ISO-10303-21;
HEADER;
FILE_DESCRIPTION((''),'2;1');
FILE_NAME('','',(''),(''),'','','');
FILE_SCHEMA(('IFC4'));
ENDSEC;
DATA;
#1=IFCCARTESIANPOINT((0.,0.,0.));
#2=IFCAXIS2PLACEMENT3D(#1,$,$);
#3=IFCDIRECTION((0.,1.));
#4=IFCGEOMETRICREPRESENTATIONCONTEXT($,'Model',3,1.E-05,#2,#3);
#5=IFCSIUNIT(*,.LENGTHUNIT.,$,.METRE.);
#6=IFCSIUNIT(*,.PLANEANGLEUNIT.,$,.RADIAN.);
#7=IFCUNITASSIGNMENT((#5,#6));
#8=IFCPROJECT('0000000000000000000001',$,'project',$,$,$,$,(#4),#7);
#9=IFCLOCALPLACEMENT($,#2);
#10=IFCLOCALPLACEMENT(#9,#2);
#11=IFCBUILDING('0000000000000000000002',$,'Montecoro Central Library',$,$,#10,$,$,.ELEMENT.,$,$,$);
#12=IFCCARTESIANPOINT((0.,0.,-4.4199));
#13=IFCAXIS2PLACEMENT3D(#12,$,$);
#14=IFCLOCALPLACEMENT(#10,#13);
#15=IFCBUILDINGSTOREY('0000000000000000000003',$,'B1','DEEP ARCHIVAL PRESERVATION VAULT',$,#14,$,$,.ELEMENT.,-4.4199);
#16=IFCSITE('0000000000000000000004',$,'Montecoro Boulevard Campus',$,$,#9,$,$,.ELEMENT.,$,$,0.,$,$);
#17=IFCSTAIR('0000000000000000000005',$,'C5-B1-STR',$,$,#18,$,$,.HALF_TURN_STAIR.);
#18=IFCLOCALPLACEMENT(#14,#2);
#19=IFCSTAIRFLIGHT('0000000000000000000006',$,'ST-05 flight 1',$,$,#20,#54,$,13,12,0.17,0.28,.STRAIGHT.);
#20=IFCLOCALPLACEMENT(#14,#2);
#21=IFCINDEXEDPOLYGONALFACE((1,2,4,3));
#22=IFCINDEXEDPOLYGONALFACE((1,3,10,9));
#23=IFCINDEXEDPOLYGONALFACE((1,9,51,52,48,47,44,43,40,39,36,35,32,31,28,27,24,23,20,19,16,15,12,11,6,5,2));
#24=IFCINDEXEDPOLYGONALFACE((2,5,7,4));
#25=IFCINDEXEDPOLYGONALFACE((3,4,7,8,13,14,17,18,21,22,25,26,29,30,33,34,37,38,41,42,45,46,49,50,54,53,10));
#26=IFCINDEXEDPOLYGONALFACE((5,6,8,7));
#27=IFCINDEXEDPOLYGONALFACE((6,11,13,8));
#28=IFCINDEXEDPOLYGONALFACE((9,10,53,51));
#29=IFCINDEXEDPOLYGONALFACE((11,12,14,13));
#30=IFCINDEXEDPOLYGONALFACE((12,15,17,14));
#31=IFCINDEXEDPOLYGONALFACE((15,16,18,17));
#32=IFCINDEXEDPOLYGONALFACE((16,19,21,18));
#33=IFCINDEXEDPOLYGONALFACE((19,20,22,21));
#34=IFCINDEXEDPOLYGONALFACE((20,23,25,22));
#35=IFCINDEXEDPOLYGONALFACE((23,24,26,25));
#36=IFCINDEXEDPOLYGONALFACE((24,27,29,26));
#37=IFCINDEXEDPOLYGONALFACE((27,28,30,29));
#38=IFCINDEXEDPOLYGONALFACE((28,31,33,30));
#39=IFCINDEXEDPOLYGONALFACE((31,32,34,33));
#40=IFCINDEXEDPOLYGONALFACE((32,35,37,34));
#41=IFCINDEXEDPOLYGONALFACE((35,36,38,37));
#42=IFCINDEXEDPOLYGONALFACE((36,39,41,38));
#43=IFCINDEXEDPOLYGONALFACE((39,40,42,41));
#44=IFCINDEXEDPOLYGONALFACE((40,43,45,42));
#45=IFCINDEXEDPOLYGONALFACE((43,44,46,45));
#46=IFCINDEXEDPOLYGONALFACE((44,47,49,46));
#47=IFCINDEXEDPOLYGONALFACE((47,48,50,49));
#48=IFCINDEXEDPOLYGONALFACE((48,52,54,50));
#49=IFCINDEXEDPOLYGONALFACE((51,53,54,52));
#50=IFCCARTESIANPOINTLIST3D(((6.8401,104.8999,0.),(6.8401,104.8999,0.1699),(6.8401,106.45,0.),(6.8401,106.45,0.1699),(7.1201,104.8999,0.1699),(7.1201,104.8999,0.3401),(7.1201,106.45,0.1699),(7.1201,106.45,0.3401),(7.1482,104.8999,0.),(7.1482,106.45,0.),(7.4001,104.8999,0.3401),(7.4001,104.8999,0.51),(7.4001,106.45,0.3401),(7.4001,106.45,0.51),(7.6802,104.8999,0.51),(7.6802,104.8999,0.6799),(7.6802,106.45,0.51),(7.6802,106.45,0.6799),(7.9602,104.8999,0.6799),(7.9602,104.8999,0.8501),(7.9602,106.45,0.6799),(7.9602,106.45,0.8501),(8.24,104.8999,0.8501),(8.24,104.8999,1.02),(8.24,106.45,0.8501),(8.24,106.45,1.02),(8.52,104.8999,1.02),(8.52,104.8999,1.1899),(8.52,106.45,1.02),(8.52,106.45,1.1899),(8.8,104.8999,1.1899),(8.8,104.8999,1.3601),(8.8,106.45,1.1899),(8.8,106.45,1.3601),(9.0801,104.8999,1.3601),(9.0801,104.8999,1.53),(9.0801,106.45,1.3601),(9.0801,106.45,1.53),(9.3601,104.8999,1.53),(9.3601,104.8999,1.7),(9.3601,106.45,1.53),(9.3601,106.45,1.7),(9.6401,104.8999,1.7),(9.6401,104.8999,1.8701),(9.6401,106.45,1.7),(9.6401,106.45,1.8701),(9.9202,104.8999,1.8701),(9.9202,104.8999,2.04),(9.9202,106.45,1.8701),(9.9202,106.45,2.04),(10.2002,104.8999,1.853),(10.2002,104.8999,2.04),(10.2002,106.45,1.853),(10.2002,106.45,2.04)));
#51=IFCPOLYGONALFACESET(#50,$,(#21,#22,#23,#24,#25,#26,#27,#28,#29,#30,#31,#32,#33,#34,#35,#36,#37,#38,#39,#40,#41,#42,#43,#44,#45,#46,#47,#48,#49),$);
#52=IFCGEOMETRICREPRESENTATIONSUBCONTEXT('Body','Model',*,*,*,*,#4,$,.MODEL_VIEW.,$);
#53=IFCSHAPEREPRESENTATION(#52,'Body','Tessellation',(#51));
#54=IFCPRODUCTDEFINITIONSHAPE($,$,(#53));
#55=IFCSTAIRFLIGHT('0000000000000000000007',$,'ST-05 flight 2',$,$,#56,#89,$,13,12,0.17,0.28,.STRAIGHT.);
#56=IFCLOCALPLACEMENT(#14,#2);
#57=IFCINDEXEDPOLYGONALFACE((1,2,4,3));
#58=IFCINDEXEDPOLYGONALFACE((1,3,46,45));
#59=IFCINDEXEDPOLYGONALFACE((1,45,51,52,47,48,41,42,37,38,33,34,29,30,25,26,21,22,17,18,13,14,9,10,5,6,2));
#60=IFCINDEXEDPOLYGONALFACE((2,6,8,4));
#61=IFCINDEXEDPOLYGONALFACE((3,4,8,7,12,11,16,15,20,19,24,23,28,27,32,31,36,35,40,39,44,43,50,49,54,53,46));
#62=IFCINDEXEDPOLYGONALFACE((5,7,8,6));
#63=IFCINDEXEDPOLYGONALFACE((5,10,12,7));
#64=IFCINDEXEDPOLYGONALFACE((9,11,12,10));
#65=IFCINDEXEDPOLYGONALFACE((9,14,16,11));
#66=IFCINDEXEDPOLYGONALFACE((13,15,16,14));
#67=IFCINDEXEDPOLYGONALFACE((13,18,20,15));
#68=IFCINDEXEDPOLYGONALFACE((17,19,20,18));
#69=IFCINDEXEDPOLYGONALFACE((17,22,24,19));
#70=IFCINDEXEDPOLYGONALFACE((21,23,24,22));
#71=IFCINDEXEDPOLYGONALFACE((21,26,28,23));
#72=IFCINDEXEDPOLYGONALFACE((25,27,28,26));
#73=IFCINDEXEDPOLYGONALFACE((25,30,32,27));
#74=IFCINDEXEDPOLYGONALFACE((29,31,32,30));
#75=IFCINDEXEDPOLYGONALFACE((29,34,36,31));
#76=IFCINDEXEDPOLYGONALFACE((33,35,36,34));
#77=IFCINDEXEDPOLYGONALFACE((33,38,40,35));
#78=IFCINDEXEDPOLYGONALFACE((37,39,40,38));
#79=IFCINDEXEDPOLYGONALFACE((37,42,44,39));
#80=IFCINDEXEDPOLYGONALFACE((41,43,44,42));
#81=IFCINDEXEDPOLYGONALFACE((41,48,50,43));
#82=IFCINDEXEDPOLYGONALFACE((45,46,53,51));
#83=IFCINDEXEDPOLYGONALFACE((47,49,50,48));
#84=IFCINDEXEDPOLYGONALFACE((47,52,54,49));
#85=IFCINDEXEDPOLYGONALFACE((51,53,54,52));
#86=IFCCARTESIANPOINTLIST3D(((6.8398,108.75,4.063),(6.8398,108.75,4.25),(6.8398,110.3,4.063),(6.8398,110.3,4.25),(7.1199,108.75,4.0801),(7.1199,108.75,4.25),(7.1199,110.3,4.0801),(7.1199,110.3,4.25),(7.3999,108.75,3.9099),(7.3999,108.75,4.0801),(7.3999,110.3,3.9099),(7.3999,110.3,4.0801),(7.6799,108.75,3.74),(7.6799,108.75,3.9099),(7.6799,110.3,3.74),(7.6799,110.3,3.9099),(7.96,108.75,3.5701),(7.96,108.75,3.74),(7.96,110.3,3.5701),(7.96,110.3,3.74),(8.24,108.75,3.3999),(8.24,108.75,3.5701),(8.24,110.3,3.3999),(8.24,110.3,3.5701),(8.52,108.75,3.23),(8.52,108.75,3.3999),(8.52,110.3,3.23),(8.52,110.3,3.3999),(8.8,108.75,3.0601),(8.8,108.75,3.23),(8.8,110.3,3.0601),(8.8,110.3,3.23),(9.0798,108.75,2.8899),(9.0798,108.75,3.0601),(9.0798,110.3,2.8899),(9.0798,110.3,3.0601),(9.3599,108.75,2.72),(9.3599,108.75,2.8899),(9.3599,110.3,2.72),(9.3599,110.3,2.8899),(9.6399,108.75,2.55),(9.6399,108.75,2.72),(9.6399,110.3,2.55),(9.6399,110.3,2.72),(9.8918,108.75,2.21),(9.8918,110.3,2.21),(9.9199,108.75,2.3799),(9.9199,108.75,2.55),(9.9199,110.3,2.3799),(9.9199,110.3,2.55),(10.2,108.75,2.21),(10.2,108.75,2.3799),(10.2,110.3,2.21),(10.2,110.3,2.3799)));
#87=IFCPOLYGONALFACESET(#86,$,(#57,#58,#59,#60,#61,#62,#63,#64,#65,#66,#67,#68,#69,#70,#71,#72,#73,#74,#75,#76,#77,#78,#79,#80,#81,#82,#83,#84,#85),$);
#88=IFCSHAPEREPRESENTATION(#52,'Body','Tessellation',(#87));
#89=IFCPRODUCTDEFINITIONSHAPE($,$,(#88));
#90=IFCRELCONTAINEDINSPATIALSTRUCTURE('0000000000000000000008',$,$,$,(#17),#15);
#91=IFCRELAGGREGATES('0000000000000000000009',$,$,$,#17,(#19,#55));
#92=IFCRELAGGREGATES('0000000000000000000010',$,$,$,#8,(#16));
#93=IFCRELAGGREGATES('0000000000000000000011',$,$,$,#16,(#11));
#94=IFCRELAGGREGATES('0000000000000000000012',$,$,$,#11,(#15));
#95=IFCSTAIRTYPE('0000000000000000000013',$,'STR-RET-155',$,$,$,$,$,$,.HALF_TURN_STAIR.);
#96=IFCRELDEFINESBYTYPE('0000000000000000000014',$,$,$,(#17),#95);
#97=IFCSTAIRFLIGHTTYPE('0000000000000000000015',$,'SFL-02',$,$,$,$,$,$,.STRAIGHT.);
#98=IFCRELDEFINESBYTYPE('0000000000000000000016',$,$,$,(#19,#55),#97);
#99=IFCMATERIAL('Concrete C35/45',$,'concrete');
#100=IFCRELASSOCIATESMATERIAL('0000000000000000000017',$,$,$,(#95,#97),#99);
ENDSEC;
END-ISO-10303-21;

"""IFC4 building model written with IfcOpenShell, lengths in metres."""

from ifc_helpers import new_model, si_unit, direction, frame, origin, place, context, subcontext, project, spatial, polyline, outline, extrude, material, type_object, element, aggregate, save


model = new_model("IFC4")

# Units and contexts
model_context = context("Model", 3, precision=1e-05, world=origin(), true_north=direction((0.0, 1.0)))
body_context = subcontext(model_context, "Body", "Model", "MODEL_VIEW")
ifc_project = project(units=[si_unit("LENGTHUNIT", "METRE"), si_unit("PLANEANGLEUNIT", "RADIAN")], contexts=[model_context])

# Site, building, storey
site_placement = place(None, origin())
site = spatial("IfcSite", under=ifc_project, at=site_placement, Name="Montecoro Boulevard Campus", CompositionType="ELEMENT", RefElevation=0.0)
building_placement = place(site_placement, origin())
building = spatial("IfcBuilding", under=site, at=building_placement, Name="Montecoro Central Library", CompositionType="ELEMENT")
storey_placement = place(building_placement, frame((0.0, 0.0, -4.4199)))
storey = spatial("IfcBuildingStorey", under=building, at=storey_placement, Name="B1", Description="DEEP ARCHIVAL PRESERVATION VAULT", CompositionType="ELEMENT", Elevation=-4.4199)

# Shared definitions
ifc_material_1 = material(Name="Concrete C35/45", Category="concrete")

# Stair, stair flights
stair_type = type_object("IfcStairType", Name="STR-RET-155", PredefinedType="HALF_TURN_STAIR", material=ifc_material_1)
stair_placement = place(storey_placement, origin())
stair = element("IfcStair", 1, at=stair_placement, inside=storey, type_object=stair_type, Name="C5-B1-STR", PredefinedType="HALF_TURN_STAIR")
stair_flight_type = type_object("IfcStairFlightType", Name="SFL-02", PredefinedType="STRAIGHT", material=ifc_material_1)
stair_flight_1_placement = place(storey_placement, frame((6.8401, 105.675, 0.0), z_axis=(0.0, 0.0, 1.0), x_axis=(1.0, 0.0, 0.0)))
stair_flight_1 = element("IfcStairFlight", 2, at=stair_flight_1_placement, type_object=stair_flight_type, Name="ST-05 flight 1", NumberOfRisers=13, NumberOfTreads=12, PredefinedType="STRAIGHT", RiserHeight=0.17, TreadLength=0.28, context=body_context, shape_type="SweptSolid", body=[
    extrude(outline(polyline([(0.0, 0.0), (0.0, 0.1699), (0.28, 0.1699), (0.28, 0.3401), (0.5601, 0.3401), (0.5601, 0.51), (0.8401, 0.51), (0.8401, 0.6799), (1.1201, 0.6799), (1.1201, 0.8501), (1.3999, 0.8501), (1.3999, 1.02), (1.6799, 1.02), (1.6799, 1.1899), (1.96, 1.1899), (1.96, 1.3601), (2.24, 1.3601), (2.24, 1.53), (2.52, 1.53), (2.52, 1.7), (2.8, 1.7), (2.8, 1.8701), (3.0801, 1.8701), (3.0801, 2.04), (3.3601, 2.04), (3.3601, 2.21), (3.3601, 1.853), (0.3081, 0.0), (0.0, 0.0)])), frame((0.0, 0.7749, 0.0), z_axis=(0.0, -1.0, 0.0), x_axis=(1.0, 0.0, 0.0)), (0.0, 0.0, 1.0), 1.55),
])
stair_flight_2_placement = place(storey_placement, frame((10.2, 109.5249, 2.21), z_axis=(0.0, 0.0, 1.0), x_axis=(-1.0, 0.0, 0.0)))
stair_flight_2 = element("IfcStairFlight", 3, at=stair_flight_2_placement, type_object=stair_flight_type, Name="ST-05 flight 2", NumberOfRisers=13, NumberOfTreads=12, PredefinedType="STRAIGHT", RiserHeight=0.17, TreadLength=0.28, context=body_context, shape_type="SweptSolid", body=[
    extrude(outline(polyline([(0.0, 0.0), (0.0, 0.1699), (0.28, 0.1699), (0.28, 0.3401), (0.5601, 0.3401), (0.5601, 0.51), (0.8401, 0.51), (0.8401, 0.6799), (1.1201, 0.6799), (1.1201, 0.8501), (1.3999, 0.8501), (1.3999, 1.02), (1.6799, 1.02), (1.6799, 1.1899), (1.96, 1.1899), (1.96, 1.3601), (2.24, 1.3601), (2.24, 1.53), (2.52, 1.53), (2.52, 1.7), (2.8, 1.7), (2.8, 1.8701), (3.0801, 1.8701), (3.0801, 2.04), (3.3601, 2.04), (3.3601, 2.21), (3.3601, 1.853), (0.3081, 0.0), (0.0, 0.0)])), frame((0.0, 0.7749, 0.0), z_axis=(0.0, -1.0, 0.0), x_axis=(1.0, 0.0, 0.0)), (0.0, 0.0, 1.0), 1.55),
])
aggregate(stair, [stair_flight_1, stair_flight_2])

save(model, "model.ifc")
